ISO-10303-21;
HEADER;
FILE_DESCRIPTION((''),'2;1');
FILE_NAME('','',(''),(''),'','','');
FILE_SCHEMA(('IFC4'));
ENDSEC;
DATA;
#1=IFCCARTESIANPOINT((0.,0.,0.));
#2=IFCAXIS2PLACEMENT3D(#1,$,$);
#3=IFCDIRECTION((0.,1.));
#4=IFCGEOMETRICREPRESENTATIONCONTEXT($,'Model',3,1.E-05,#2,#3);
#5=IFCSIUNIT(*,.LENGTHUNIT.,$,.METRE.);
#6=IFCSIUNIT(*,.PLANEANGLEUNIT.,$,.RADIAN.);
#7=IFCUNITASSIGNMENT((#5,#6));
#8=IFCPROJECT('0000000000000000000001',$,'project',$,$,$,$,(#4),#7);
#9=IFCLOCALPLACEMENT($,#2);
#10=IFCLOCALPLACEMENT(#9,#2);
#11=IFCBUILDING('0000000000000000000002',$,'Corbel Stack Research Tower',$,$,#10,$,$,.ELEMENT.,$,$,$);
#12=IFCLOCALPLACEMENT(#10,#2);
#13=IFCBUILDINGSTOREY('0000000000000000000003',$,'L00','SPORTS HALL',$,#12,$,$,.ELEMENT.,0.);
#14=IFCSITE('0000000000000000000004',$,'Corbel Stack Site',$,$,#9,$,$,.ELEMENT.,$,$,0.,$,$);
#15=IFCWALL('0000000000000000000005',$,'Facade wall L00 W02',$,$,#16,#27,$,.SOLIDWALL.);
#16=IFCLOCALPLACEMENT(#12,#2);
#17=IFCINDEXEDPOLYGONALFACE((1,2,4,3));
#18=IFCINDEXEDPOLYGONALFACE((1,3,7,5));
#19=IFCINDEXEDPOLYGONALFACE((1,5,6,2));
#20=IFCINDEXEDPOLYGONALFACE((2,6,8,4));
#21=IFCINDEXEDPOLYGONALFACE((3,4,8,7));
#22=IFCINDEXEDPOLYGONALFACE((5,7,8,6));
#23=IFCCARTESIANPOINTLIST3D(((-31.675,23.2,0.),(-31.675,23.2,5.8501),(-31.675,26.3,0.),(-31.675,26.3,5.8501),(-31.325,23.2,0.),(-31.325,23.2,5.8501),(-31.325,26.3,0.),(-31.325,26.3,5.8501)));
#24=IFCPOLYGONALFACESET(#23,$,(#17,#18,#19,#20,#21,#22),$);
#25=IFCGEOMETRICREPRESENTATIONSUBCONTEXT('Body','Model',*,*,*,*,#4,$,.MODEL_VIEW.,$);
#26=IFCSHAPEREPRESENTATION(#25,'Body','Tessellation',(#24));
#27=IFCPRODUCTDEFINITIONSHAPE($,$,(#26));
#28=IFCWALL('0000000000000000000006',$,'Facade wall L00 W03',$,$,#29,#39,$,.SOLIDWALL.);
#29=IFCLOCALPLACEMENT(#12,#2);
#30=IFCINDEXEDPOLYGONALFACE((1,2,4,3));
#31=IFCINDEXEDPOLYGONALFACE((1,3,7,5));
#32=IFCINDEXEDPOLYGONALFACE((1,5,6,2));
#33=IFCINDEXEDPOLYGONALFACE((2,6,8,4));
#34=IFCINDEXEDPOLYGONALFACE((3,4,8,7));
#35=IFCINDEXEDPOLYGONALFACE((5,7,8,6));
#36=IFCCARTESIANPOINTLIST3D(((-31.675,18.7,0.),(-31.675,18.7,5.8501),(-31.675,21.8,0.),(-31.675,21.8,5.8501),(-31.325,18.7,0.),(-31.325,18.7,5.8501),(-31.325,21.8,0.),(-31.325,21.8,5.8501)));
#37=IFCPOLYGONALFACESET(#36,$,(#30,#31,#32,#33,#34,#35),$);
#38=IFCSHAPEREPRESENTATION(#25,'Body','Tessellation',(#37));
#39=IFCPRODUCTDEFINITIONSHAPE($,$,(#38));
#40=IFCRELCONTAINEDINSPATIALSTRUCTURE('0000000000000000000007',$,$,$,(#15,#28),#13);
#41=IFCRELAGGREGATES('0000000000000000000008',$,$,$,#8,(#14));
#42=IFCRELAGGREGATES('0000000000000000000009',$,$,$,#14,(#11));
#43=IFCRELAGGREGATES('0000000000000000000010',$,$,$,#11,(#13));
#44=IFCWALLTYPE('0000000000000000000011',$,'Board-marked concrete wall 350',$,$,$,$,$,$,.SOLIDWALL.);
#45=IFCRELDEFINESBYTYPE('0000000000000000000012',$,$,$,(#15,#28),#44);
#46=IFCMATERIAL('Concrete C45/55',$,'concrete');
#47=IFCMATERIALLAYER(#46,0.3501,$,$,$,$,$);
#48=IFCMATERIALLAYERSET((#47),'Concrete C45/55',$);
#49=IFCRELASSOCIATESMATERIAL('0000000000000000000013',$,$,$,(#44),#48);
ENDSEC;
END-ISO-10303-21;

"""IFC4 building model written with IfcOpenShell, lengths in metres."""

from ifc_helpers import new_model, si_unit, direction, frame, frame_2d, origin, place, context, subcontext, project, spatial, rectangle, extrude, material, layer, layer_set, type_object, element, save


model = new_model("IFC4")

# Units and contexts
model_context = context("Model", 3, precision=1e-05, world=origin(), true_north=direction((0.0, 1.0)))
body_context = subcontext(model_context, "Body", "Model", "MODEL_VIEW")
ifc_project = project(units=[si_unit("LENGTHUNIT", "METRE"), si_unit("PLANEANGLEUNIT", "RADIAN")], contexts=[model_context])

# Site, building, storey
site_placement = place(None, origin())
site = spatial("IfcSite", under=ifc_project, at=site_placement, Name="Corbel Stack Site", CompositionType="ELEMENT", RefElevation=0.0)
building_placement = place(site_placement, origin())
building = spatial("IfcBuilding", under=site, at=building_placement, Name="Corbel Stack Research Tower", CompositionType="ELEMENT")
storey_placement = place(building_placement, origin())
storey = spatial("IfcBuildingStorey", under=building, at=storey_placement, Name="L00", Description="SPORTS HALL", CompositionType="ELEMENT", Elevation=0.0)

# Walls
ifc_material_1 = material(Name="Concrete C45/55", Category="concrete")
ifc_layer_1 = layer(ifc_material_1, 0.3501)
ifc_layer_set_1 = layer_set([ifc_layer_1], Name="Concrete C45/55")
wall_type_1 = type_object("IfcWallType", Name="Board-marked concrete wall 350", PredefinedType="SOLIDWALL", material=ifc_layer_set_1)
for number, where, z_axis, x_axis, name in (
    (1, (-31.5, 23.2, 0.0), (0.0, 0.0, 1.0), (0.0, 1.0, 0.0), "Facade wall L00 W02"),
    (2, (-31.5, 18.7, 0.0), (0.0, 0.0, 1.0), (0.0, 1.0, 0.0), "Facade wall L00 W03"),
):
    element("IfcWall", number, at=place(storey_placement, frame(where, z_axis=z_axis, x_axis=x_axis)), inside=storey, type_object=wall_type_1, Name=name, PredefinedType="SOLIDWALL", context=body_context, shape_type="SweptSolid", body=[
        extrude(rectangle(XDim=3.1001, YDim=0.3501, at=frame_2d((1.55, 0.0))), origin(), (0.0, 0.0, 1.0), 5.8501),
    ])

save(model, "model.ifc")
